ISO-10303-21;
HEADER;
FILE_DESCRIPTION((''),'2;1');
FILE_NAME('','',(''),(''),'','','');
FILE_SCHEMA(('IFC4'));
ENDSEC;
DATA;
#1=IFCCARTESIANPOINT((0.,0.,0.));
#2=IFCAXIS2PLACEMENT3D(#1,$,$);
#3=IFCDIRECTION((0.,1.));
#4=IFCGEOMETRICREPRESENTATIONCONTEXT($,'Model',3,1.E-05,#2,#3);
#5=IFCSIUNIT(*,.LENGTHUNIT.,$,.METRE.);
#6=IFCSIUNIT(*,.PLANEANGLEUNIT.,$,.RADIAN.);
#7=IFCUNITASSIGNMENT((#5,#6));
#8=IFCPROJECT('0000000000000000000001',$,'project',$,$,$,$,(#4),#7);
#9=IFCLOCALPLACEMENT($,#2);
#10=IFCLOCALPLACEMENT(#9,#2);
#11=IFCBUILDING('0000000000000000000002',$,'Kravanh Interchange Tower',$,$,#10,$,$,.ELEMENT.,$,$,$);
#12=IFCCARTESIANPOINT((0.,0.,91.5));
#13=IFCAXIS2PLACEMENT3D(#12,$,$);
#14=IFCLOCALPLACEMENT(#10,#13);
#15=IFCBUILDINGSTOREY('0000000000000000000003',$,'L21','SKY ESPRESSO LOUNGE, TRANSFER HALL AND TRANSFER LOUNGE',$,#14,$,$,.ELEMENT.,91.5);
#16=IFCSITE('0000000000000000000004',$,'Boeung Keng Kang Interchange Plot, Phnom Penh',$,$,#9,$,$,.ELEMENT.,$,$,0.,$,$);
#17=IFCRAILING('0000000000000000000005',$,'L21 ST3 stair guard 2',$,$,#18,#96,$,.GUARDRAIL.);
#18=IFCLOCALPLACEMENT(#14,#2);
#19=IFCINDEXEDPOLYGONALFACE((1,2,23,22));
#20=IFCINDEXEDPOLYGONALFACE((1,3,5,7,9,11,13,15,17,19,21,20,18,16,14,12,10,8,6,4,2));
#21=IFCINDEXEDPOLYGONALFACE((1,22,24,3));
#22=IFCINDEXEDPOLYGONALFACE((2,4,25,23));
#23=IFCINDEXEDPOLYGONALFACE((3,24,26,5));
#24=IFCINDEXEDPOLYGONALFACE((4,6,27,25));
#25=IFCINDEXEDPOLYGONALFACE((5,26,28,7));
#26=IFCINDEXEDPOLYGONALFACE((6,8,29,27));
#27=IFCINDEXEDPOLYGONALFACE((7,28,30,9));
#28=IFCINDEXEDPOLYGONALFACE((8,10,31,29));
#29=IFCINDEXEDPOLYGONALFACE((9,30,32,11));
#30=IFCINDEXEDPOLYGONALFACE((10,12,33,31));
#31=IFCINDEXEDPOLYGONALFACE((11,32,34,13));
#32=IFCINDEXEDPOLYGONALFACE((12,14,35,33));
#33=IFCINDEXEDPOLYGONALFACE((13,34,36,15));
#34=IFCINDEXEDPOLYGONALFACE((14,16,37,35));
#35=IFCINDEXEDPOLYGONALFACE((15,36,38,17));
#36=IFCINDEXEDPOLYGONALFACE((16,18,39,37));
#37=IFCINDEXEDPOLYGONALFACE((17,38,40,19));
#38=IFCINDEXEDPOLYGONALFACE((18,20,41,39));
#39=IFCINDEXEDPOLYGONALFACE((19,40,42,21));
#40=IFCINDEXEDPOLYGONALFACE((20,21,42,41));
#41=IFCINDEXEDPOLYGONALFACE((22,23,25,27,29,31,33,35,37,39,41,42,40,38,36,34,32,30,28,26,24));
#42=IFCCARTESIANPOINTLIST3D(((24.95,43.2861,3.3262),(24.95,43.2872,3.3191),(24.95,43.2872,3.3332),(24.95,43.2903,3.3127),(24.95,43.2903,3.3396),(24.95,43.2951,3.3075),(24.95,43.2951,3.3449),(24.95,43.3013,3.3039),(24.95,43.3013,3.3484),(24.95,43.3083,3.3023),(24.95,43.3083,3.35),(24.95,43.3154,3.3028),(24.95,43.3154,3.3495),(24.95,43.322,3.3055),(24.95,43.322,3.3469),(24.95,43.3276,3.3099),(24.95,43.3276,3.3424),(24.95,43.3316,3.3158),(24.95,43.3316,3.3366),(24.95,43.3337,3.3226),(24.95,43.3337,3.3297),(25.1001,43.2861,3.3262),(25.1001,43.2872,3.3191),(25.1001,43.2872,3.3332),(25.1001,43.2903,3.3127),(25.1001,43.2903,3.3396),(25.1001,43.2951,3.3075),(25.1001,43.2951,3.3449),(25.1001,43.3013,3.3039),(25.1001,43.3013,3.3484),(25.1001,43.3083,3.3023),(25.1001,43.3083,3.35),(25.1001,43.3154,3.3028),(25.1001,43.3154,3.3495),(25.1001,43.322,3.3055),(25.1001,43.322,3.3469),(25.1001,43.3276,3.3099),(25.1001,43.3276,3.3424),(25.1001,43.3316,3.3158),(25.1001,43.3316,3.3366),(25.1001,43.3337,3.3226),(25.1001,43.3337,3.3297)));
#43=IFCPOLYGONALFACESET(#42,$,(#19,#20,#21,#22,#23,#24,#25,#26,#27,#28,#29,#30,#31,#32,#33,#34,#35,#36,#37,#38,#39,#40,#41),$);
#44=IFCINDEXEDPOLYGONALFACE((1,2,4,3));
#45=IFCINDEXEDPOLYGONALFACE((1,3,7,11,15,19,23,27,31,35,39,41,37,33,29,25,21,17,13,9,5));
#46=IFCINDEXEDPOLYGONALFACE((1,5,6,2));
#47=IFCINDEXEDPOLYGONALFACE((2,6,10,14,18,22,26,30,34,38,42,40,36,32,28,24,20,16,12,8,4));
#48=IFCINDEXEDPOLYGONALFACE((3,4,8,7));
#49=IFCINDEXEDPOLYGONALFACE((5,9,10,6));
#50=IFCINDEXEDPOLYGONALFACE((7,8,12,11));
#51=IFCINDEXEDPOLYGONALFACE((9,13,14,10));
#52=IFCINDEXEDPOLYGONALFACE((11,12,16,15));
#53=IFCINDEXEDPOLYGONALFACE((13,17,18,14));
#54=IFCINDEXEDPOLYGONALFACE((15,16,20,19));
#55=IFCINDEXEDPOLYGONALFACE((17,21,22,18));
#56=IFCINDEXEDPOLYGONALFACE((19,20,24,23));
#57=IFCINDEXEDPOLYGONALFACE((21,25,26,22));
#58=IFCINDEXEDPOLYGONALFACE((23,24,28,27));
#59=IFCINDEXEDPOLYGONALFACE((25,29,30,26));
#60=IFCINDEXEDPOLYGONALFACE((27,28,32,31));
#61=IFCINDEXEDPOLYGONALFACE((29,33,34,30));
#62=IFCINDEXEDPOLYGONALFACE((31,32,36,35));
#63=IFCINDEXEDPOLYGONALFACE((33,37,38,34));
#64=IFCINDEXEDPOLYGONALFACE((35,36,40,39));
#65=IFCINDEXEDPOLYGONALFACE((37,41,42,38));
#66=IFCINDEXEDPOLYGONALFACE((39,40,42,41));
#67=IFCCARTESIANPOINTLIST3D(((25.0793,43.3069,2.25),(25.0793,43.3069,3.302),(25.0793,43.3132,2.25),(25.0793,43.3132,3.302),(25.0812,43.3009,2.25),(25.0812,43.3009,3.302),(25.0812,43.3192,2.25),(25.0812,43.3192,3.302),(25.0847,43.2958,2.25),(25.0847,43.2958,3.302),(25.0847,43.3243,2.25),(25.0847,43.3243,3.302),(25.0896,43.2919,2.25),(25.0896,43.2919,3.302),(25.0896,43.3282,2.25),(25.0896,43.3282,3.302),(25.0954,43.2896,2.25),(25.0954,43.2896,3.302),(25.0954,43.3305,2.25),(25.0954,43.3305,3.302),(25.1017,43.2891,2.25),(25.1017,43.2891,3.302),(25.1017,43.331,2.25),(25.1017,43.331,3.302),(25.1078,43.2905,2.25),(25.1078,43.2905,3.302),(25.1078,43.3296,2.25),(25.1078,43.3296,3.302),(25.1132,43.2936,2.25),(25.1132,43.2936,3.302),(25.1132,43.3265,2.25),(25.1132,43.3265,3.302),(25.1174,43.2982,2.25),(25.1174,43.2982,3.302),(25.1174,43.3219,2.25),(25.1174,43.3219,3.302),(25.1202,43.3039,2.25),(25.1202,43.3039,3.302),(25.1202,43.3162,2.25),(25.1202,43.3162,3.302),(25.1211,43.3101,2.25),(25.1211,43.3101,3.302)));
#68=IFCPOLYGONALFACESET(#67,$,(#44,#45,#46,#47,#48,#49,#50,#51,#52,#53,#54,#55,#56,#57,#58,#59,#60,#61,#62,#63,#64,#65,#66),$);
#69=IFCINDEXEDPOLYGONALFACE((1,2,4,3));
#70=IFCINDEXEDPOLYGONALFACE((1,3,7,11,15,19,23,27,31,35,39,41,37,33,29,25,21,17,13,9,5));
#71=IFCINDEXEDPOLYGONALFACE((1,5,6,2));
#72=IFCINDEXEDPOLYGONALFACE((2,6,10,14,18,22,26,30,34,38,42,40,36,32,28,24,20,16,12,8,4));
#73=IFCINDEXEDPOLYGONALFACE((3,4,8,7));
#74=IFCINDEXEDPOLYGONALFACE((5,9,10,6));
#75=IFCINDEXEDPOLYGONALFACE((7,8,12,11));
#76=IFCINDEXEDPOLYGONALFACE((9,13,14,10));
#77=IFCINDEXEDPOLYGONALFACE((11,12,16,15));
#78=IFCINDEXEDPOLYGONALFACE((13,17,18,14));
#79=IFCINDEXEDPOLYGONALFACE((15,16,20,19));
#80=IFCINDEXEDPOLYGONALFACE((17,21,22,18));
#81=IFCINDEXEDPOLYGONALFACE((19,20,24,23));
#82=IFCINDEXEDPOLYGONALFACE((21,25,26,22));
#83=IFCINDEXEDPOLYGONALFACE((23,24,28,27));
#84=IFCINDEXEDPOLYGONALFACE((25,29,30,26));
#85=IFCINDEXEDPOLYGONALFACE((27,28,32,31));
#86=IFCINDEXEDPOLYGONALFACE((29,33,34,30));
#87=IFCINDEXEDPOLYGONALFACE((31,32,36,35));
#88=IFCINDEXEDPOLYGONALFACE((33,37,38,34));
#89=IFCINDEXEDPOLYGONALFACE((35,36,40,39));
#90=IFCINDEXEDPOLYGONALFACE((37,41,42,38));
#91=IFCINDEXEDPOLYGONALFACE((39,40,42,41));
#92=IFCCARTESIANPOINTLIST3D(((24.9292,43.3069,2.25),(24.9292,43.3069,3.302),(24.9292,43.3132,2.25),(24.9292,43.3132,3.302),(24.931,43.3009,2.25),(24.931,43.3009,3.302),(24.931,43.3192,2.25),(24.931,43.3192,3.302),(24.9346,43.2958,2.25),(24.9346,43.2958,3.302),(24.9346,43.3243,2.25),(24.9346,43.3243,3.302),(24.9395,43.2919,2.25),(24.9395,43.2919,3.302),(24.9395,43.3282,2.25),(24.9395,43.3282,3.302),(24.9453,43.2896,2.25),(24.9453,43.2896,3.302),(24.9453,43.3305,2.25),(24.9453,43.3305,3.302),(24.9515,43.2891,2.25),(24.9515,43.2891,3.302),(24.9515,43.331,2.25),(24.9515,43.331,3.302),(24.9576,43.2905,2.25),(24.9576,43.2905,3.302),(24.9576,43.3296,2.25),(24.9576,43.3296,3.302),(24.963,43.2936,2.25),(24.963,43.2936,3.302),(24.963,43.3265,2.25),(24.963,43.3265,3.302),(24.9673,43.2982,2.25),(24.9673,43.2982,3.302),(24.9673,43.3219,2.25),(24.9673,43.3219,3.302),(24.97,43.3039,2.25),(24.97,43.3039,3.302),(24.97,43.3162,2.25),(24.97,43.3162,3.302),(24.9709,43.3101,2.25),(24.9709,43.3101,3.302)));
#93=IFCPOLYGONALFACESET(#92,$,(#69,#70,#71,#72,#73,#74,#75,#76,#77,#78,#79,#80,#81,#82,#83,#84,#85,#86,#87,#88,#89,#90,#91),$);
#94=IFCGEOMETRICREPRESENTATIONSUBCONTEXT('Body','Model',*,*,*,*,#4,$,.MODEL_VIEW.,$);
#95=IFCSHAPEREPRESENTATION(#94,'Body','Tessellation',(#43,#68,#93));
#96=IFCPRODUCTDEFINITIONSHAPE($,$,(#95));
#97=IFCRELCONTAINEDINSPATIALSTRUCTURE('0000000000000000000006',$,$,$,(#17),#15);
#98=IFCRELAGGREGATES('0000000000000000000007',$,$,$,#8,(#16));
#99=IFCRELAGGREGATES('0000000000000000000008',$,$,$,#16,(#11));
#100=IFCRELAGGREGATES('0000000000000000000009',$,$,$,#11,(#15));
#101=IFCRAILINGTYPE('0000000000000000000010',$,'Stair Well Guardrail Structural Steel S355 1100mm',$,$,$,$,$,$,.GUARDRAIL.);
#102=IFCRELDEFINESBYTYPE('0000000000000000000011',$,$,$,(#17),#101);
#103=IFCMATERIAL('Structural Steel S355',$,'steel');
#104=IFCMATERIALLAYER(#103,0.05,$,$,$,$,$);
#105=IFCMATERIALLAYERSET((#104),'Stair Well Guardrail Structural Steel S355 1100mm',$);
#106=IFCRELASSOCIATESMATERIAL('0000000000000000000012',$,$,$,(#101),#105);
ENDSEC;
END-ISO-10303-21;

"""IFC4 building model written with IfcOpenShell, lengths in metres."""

from ifc_helpers import new_model, si_unit, direction, frame, origin, origin_2d, place, context, subcontext, project, spatial, circle, extrude, material, layer, layer_set, type_object, element, save


model = new_model("IFC4")

# Units and contexts
model_context = context("Model", 3, precision=1e-05, world=origin(), true_north=direction((0.0, 1.0)))
body_context = subcontext(model_context, "Body", "Model", "MODEL_VIEW")
ifc_project = project(units=[si_unit("LENGTHUNIT", "METRE"), si_unit("PLANEANGLEUNIT", "RADIAN")], contexts=[model_context])

# Site, building, storey
site_placement = place(None, origin())
site = spatial("IfcSite", under=ifc_project, at=site_placement, Name="Boeung Keng Kang Interchange Plot, Phnom Penh", CompositionType="ELEMENT", RefElevation=0.0)
building_placement = place(site_placement, origin())
building = spatial("IfcBuilding", under=site, at=building_placement, Name="Kravanh Interchange Tower", CompositionType="ELEMENT")
storey_placement = place(building_placement, frame((0.0, 0.0, 91.5)))
storey = spatial("IfcBuildingStorey", under=building, at=storey_placement, Name="L21", Description="SKY ESPRESSO LOUNGE, TRANSFER HALL AND TRANSFER LOUNGE", CompositionType="ELEMENT", Elevation=91.5)

# Railing
ifc_material_1 = material(Name="Structural Steel S355", Category="steel")
ifc_layer_1 = layer(ifc_material_1, 0.05)
ifc_layer_set_1 = layer_set([ifc_layer_1], Name="Stair Well Guardrail Structural Steel S355 1100mm")
railing_type_1 = type_object("IfcRailingType", Name="Stair Well Guardrail Structural Steel S355 1100mm", PredefinedType="GUARDRAIL", material=ifc_layer_set_1)
railing_1_placement = place(storey_placement, frame((25.1001, 43.3101, 2.25)))
element("IfcRailing", 1, at=railing_1_placement, inside=storey, type_object=railing_type_1, Name="L21 ST3 stair guard 2", PredefinedType="GUARDRAIL", context=body_context, shape_type="SweptSolid", body=[
    extrude(circle(Radius=0.0239, at=origin_2d()), frame((0.0, 0.0, 1.0762), z_axis=(-1.0, 0.0, 0.0), x_axis=(0.0, -1.0, 0.0)), (0.0, 0.0, 1.0), 0.1501),
    extrude(circle(Radius=0.021, at=origin_2d()), origin(), (0.0, 0.0, 1.0), 1.052),
    extrude(circle(Radius=0.021, at=origin_2d()), frame((-0.1501, 0.0, 0.0)), (0.0, 0.0, 1.0), 1.052),
])

save(model, "model.ifc")
